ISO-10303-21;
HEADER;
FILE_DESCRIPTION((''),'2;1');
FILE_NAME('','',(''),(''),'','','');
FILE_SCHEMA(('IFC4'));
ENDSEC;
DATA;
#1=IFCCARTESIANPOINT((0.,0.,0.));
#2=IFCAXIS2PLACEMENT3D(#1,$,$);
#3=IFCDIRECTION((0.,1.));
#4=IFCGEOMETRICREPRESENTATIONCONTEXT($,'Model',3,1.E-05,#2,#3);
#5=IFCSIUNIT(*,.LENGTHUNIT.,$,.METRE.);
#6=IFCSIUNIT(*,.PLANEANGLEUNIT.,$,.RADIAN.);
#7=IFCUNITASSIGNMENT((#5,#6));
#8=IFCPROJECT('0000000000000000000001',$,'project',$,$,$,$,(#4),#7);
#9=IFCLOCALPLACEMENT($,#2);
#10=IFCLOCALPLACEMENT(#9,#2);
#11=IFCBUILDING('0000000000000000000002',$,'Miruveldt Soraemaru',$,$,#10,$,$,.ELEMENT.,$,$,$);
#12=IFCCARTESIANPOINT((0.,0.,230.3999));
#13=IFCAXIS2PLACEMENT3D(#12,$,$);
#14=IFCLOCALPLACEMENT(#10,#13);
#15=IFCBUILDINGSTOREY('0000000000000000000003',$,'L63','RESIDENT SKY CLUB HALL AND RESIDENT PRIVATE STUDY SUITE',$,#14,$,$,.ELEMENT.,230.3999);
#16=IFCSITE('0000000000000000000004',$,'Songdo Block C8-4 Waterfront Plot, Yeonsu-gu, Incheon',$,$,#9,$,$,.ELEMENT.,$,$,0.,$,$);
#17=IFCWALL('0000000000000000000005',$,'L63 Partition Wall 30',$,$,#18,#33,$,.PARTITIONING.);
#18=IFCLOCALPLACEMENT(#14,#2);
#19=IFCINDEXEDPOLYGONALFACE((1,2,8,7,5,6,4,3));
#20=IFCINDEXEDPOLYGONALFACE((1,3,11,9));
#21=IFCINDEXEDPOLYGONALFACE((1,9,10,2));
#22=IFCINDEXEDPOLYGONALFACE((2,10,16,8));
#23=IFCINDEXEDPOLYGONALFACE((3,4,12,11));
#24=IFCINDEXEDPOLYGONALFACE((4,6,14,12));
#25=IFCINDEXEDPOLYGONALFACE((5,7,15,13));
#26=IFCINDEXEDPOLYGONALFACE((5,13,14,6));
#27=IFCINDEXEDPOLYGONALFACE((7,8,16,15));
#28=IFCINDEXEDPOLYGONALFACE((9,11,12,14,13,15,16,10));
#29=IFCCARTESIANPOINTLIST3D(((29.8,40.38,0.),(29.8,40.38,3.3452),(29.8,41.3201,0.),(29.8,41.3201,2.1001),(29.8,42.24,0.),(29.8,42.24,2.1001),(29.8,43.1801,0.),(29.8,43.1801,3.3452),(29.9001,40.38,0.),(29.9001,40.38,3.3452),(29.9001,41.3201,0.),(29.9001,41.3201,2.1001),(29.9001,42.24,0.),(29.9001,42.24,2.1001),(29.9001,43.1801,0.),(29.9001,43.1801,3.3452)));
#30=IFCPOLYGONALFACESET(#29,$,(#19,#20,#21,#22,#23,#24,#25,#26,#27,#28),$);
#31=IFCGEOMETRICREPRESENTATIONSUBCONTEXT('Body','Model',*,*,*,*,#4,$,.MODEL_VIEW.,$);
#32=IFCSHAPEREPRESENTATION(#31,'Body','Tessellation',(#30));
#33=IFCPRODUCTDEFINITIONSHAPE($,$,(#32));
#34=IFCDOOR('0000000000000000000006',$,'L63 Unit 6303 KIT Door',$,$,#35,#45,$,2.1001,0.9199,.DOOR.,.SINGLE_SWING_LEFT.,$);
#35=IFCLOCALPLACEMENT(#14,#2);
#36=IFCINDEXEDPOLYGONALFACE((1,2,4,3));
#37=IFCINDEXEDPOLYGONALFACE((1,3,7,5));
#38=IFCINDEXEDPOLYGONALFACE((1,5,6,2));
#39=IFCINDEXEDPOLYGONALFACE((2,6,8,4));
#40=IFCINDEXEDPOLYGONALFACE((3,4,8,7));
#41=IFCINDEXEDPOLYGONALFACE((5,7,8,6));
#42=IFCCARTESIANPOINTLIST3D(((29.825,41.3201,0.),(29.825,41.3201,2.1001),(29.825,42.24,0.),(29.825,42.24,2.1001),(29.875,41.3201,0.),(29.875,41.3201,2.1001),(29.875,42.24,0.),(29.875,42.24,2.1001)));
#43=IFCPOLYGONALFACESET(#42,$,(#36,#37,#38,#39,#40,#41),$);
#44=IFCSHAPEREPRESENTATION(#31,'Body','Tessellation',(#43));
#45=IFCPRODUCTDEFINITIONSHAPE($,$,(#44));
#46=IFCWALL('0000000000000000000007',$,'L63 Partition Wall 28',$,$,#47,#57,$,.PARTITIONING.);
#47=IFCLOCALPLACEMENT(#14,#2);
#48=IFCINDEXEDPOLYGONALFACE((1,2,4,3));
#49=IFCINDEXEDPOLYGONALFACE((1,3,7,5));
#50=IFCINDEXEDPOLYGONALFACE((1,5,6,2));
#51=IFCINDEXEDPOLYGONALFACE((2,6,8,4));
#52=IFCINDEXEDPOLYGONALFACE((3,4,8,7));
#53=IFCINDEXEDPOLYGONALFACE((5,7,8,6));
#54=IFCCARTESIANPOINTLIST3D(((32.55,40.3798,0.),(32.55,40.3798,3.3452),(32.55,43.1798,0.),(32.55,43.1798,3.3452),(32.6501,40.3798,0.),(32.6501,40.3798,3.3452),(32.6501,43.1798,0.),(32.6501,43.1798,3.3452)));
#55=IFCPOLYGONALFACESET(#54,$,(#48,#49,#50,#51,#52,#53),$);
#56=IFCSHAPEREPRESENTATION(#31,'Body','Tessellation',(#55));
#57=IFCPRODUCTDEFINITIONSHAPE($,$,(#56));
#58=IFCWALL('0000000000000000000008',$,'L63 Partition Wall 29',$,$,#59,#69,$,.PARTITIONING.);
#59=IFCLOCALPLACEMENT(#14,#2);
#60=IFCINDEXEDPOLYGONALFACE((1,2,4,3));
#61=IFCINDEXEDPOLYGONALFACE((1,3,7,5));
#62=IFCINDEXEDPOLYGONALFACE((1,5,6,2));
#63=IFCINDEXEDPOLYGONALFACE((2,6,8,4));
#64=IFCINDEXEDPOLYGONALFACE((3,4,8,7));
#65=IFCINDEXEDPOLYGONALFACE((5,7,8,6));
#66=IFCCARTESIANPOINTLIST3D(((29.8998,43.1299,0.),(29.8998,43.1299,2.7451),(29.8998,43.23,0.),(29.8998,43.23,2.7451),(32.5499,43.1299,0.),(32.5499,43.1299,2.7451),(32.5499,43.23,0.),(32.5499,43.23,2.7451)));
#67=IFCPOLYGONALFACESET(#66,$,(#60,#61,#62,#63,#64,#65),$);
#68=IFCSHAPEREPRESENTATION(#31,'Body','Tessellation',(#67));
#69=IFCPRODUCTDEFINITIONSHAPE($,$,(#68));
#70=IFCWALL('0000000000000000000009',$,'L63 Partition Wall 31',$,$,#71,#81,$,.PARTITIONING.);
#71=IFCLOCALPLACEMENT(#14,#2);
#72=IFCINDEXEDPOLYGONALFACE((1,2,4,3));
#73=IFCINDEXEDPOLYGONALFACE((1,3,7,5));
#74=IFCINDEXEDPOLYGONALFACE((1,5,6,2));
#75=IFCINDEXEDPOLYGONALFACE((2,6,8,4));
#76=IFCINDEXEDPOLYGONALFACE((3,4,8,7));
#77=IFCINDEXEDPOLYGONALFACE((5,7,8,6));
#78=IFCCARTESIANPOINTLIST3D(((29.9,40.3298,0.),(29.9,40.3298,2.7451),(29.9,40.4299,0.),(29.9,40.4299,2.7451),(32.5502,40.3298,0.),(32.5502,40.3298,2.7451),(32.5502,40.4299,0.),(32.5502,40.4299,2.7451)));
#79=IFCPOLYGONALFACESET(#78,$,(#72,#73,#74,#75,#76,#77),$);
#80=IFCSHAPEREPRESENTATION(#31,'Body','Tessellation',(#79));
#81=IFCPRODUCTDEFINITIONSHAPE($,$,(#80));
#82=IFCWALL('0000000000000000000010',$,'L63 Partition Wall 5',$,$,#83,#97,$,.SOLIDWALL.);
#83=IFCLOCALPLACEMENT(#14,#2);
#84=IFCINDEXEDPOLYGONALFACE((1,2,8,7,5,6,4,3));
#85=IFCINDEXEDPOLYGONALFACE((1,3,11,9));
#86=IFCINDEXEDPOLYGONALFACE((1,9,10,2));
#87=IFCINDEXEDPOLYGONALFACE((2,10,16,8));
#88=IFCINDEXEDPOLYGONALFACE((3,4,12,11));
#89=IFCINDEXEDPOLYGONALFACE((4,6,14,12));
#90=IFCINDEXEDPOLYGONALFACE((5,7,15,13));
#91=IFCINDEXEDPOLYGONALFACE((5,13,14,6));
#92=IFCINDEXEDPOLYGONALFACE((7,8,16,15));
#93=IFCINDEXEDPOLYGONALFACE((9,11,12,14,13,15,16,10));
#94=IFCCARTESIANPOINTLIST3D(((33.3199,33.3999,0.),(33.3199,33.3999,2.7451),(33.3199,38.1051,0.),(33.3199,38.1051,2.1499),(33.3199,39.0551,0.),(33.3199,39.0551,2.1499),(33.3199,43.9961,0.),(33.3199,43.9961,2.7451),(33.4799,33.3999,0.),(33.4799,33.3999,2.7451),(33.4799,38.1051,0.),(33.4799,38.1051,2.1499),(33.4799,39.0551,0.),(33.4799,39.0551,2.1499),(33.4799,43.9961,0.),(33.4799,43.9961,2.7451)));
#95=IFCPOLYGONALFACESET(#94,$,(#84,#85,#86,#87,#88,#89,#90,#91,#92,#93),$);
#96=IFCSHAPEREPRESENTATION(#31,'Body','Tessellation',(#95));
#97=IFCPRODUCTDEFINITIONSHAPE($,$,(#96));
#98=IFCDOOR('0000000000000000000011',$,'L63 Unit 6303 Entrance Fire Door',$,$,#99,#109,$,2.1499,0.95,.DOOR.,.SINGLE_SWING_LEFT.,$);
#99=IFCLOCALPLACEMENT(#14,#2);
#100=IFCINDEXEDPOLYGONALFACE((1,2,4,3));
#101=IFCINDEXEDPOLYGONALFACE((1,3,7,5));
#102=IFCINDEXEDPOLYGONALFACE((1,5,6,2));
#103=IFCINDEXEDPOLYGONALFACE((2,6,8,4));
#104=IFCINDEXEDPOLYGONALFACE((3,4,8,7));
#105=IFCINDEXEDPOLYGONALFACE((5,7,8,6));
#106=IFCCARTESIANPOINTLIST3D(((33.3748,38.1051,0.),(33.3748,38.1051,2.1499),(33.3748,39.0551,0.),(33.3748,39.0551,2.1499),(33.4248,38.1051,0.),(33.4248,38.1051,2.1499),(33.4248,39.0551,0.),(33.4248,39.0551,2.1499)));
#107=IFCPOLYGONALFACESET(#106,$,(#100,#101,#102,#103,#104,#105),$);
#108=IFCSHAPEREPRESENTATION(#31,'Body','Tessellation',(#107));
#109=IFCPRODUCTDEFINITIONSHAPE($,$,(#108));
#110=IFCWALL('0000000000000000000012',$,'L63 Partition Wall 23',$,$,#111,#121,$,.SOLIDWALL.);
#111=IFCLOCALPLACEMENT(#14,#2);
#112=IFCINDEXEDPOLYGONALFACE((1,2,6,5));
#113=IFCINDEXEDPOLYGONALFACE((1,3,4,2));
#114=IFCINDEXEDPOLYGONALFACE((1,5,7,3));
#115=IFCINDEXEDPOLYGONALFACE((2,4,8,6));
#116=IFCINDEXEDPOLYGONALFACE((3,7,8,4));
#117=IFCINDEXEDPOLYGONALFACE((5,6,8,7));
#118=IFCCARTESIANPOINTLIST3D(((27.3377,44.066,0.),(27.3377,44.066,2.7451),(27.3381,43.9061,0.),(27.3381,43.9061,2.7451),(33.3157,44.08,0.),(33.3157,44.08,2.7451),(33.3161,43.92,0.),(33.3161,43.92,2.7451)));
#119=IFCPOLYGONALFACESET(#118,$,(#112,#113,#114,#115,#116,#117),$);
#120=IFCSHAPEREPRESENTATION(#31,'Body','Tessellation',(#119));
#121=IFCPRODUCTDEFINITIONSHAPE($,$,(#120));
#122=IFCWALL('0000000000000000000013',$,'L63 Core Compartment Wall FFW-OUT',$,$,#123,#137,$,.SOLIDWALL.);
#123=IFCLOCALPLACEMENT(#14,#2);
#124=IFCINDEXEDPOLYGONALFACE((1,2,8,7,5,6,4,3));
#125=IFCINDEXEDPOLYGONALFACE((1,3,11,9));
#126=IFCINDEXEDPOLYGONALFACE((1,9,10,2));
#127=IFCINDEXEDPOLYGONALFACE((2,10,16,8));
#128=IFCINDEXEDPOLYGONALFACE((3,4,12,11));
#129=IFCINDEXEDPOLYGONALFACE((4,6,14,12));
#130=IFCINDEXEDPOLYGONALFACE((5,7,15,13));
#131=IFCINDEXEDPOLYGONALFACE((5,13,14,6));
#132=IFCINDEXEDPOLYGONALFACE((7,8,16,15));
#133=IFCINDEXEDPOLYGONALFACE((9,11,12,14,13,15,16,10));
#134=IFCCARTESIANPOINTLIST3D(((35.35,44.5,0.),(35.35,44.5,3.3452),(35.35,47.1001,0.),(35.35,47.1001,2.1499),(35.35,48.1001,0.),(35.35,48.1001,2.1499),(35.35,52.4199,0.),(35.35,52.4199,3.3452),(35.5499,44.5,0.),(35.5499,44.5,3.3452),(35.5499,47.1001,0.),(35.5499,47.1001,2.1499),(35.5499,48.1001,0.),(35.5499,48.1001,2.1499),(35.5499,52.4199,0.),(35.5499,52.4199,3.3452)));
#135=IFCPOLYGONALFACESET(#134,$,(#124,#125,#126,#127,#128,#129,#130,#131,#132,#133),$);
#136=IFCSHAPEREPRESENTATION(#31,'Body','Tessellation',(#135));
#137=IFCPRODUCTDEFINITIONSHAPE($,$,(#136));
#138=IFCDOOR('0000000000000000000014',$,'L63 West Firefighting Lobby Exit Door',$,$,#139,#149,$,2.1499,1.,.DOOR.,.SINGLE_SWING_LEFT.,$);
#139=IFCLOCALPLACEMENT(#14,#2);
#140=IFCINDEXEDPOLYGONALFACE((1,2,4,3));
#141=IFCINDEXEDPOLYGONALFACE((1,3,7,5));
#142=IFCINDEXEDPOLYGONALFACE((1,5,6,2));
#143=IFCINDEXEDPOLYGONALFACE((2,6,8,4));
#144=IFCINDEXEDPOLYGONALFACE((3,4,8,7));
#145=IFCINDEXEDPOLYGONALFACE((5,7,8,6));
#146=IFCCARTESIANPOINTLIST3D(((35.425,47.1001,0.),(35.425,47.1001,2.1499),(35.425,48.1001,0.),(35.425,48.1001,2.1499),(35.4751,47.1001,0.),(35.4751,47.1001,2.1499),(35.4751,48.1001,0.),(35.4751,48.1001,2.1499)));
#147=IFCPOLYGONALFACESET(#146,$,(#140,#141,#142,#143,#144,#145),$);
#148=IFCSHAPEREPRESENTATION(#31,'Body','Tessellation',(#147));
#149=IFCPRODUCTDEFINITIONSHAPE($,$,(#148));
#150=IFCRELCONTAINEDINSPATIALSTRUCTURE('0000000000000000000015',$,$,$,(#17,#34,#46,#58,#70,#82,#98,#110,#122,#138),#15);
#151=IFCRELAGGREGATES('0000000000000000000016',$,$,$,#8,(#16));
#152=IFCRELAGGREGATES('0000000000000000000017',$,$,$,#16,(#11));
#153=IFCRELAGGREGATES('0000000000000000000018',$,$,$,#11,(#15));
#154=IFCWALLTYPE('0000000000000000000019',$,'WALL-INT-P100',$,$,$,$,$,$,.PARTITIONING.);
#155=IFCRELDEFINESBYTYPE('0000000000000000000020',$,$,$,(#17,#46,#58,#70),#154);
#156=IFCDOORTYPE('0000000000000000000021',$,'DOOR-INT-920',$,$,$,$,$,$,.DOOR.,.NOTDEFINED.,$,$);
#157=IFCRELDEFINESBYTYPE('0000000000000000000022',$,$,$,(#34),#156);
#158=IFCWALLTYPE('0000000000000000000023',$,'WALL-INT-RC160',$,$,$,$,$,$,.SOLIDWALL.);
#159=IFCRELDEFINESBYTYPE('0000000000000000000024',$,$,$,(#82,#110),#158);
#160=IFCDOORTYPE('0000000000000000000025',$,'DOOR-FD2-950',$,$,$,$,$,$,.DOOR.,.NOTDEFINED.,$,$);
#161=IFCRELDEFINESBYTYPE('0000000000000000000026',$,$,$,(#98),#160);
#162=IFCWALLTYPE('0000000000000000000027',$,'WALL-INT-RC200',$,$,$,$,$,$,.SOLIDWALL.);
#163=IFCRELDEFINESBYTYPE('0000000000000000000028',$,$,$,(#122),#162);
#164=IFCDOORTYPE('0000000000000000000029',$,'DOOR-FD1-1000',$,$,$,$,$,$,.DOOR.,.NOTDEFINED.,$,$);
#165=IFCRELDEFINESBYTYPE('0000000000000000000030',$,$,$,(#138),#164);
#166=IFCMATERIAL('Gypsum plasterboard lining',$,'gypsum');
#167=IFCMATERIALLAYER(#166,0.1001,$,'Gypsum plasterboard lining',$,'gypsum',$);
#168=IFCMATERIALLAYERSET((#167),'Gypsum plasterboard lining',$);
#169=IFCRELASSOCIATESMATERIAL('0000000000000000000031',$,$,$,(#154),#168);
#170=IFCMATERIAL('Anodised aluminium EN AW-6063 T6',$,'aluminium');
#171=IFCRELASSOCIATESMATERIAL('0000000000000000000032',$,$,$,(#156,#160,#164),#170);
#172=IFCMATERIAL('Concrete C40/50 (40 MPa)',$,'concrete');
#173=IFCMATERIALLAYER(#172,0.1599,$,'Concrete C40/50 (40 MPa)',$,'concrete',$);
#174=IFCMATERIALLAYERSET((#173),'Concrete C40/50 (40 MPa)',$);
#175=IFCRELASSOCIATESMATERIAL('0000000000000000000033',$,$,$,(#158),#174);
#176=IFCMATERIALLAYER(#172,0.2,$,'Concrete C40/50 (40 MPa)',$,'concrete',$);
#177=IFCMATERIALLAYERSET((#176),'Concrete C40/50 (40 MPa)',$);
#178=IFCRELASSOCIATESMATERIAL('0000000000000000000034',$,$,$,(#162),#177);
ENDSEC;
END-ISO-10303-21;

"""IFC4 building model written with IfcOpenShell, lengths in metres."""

from ifc_helpers import new_model, si_unit, direction, frame, frame_2d, origin, place, context, subcontext, project, spatial, rectangle, extrude, material, layer, layer_set, type_object, element, fill, save


model = new_model("IFC4")

# Units and contexts
model_context = context("Model", 3, precision=1e-05, world=origin(), true_north=direction((0.0, 1.0)))
body_context = subcontext(model_context, "Body", "Model", "MODEL_VIEW")
ifc_project = project(units=[si_unit("LENGTHUNIT", "METRE"), si_unit("PLANEANGLEUNIT", "RADIAN")], contexts=[model_context])

# Site, building, storey
site_placement = place(None, origin())
site = spatial("IfcSite", under=ifc_project, at=site_placement, Name="Songdo Block C8-4 Waterfront Plot, Yeonsu-gu, Incheon", CompositionType="ELEMENT", RefElevation=0.0)
building_placement = place(site_placement, origin())
building = spatial("IfcBuilding", under=site, at=building_placement, Name="Miruveldt Soraemaru", CompositionType="ELEMENT")
storey_placement = place(building_placement, frame((0.0, 0.0, 230.3999)))
storey = spatial("IfcBuildingStorey", under=building, at=storey_placement, Name="L63", Description="RESIDENT SKY CLUB HALL AND RESIDENT PRIVATE STUDY SUITE", CompositionType="ELEMENT", Elevation=230.3999)

# Wall, opening, door
ifc_material_1 = material(Name="Gypsum plasterboard lining", Category="gypsum")
ifc_layer_1 = layer(ifc_material_1, 0.1001, Name="Gypsum plasterboard lining", Category="gypsum")
ifc_layer_set_1 = layer_set([ifc_layer_1], Name="Gypsum plasterboard lining")
wall_type_1 = type_object("IfcWallType", Name="WALL-INT-P100", PredefinedType="PARTITIONING", material=ifc_layer_set_1)
wall_1_placement = place(storey_placement, frame((29.8501, 43.1799, 0.0), z_axis=(0.0, 0.0, 1.0), x_axis=(0.0, -1.0, 0.0)))
wall_1 = element("IfcWall", 1, at=wall_1_placement, inside=storey, type_object=wall_type_1, Name="L63 Partition Wall 30", PredefinedType="PARTITIONING", context=body_context, shape_type="SweptSolid", body=[
    extrude(rectangle(XDim=2.8, YDim=0.1001, at=frame_2d((1.3999, 0.0))), origin(), (0.0, 0.0, 1.0), 3.3452),
])
opening_1_placement = place(wall_1_placement, frame((0.9399, 0.0, 0.0)))
opening_1 = element("IfcOpeningElement", 2, at=opening_1_placement, cuts=wall_1, PredefinedType="OPENING", context=body_context, shape_type="SweptSolid", body=[
    extrude(rectangle(XDim=0.9199, YDim=2.1001, at=frame_2d((0.46, 1.05))), frame((0.0, 0.0601, 0.0), z_axis=(0.0, -1.0, 0.0), x_axis=(1.0, 0.0, 0.0)), (0.0, 0.0, 1.0), 0.1201),
])
ifc_material_2 = material(Name="Anodised aluminium EN AW-6063 T6", Category="aluminium")
door_type_1 = type_object("IfcDoorType", Name="DOOR-INT-920", OperationType="NOTDEFINED", PredefinedType="DOOR", material=ifc_material_2)
door_1_placement = place(opening_1_placement, origin())
door_1 = element("IfcDoor", 3, at=door_1_placement, inside=storey, type_object=door_type_1, Name="L63 Unit 6303 KIT Door", OperationType="SINGLE_SWING_LEFT", OverallHeight=2.1001, OverallWidth=0.9199, PredefinedType="DOOR", context=body_context, shape_type="SweptSolid", body=[
    extrude(rectangle(XDim=0.9199, YDim=2.1001, at=frame_2d((0.46, 1.05))), frame((0.0, 0.0249, 0.0), z_axis=(0.0, -1.0, 0.0), x_axis=(1.0, 0.0, 0.0)), (0.0, 0.0, 1.0), 0.05),
])
fill(opening_1, door_1)

# Walls
wall_2_placement = place(storey_placement, frame((32.6001, 40.3799, 0.0), z_axis=(0.0, 0.0, 1.0), x_axis=(0.0, 1.0, 0.0)))
element("IfcWall", 4, at=wall_2_placement, inside=storey, type_object=wall_type_1, Name="L63 Partition Wall 28", PredefinedType="PARTITIONING", context=body_context, shape_type="SweptSolid", body=[
    extrude(rectangle(XDim=2.8, YDim=0.1001, at=frame_2d((1.3999, 0.0))), origin(), (0.0, 0.0, 1.0), 3.3452),
])
for number, where, z_axis, x_axis, name in (
    (5, (32.55, 43.1799, 0.0), (0.0, 0.0, 1.0), (-1.0, 0.0, 0.0), "L63 Partition Wall 29"),
    (6, (29.8999, 40.3799, 0.0), (0.0, 0.0, 1.0), (1.0, 0.0, 0.0), "L63 Partition Wall 31"),
):
    element("IfcWall", number, at=place(storey_placement, frame(where, z_axis=z_axis, x_axis=x_axis)), inside=storey, type_object=wall_type_1, Name=name, PredefinedType="PARTITIONING", context=body_context, shape_type="SweptSolid", body=[
        extrude(rectangle(XDim=2.6501, YDim=0.1001, at=frame_2d((1.3252, 0.0))), origin(), (0.0, 0.0, 1.0), 2.7451),
    ])

# Wall, opening, door
ifc_material_3 = material(Name="Concrete C40/50 (40 MPa)", Category="concrete")
ifc_layer_2 = layer(ifc_material_3, 0.1599, Name="Concrete C40/50 (40 MPa)", Category="concrete")
ifc_layer_set_2 = layer_set([ifc_layer_2], Name="Concrete C40/50 (40 MPa)")
wall_type_2 = type_object("IfcWallType", Name="WALL-INT-RC160", PredefinedType="SOLIDWALL", material=ifc_layer_set_2)
wall_3_placement = place(storey_placement, frame((33.3999, 43.9961, 0.0), z_axis=(0.0, 0.0, 1.0), x_axis=(0.0, -1.0, 0.0)))
wall_3 = element("IfcWall", 7, at=wall_3_placement, inside=storey, type_object=wall_type_2, Name="L63 Partition Wall 5", PredefinedType="SOLIDWALL", context=body_context, shape_type="SweptSolid", body=[
    extrude(rectangle(XDim=10.5962, YDim=0.1599, at=frame_2d((5.2981, 0.0))), origin(), (0.0, 0.0, 1.0), 2.7451),
])
opening_2_placement = place(wall_3_placement, frame((4.9409, 0.0, 0.0)))
opening_2 = element("IfcOpeningElement", 8, at=opening_2_placement, cuts=wall_3, PredefinedType="OPENING", context=body_context, shape_type="SweptSolid", body=[
    extrude(rectangle(XDim=0.95, YDim=2.1499, at=frame_2d((0.4751, 1.075))), frame((0.0, 0.0898, 0.0), z_axis=(0.0, -1.0, 0.0), x_axis=(1.0, 0.0, 0.0)), (0.0, 0.0, 1.0), 0.1799),
])
door_type_2 = type_object("IfcDoorType", Name="DOOR-FD2-950", OperationType="NOTDEFINED", PredefinedType="DOOR", material=ifc_material_2)
door_2_placement = place(opening_2_placement, origin())
door_2 = element("IfcDoor", 9, at=door_2_placement, inside=storey, type_object=door_type_2, Name="L63 Unit 6303 Entrance Fire Door", OperationType="SINGLE_SWING_LEFT", OverallHeight=2.1499, OverallWidth=0.95, PredefinedType="DOOR", context=body_context, shape_type="SweptSolid", body=[
    extrude(rectangle(XDim=0.95, YDim=2.1499, at=frame_2d((0.4751, 1.075))), frame((0.0, 0.0249, 0.0), z_axis=(0.0, -1.0, 0.0), x_axis=(1.0, 0.0, 0.0)), (0.0, 0.0, 1.0), 0.05),
])
fill(opening_2, door_2)

# Wall
wall_4_placement = place(storey_placement, frame((27.3379, 43.9861, 0.0), z_axis=(0.0, 0.0, 1.0), x_axis=(0.999997, 0.002328, 0.0)))
element("IfcWall", 10, at=wall_4_placement, inside=storey, type_object=wall_type_2, Name="L63 Partition Wall 23", PredefinedType="SOLIDWALL", context=body_context, shape_type="SweptSolid", body=[
    extrude(rectangle(XDim=5.978, YDim=0.1599, at=frame_2d((2.989, 0.0))), origin(), (0.0, 0.0, 1.0), 2.7451),
])

# Wall, opening, door
ifc_layer_3 = layer(ifc_material_3, 0.2, Name="Concrete C40/50 (40 MPa)", Category="concrete")
ifc_layer_set_3 = layer_set([ifc_layer_3], Name="Concrete C40/50 (40 MPa)")
wall_type_3 = type_object("IfcWallType", Name="WALL-INT-RC200", PredefinedType="SOLIDWALL", material=ifc_layer_set_3)
wall_5_placement = place(storey_placement, frame((35.45, 44.5, 0.0), z_axis=(0.0, 0.0, 1.0), x_axis=(0.0, 1.0, 0.0)))
wall_5 = element("IfcWall", 11, at=wall_5_placement, inside=storey, type_object=wall_type_3, Name="L63 Core Compartment Wall FFW-OUT", PredefinedType="SOLIDWALL", context=body_context, shape_type="SweptSolid", body=[
    extrude(rectangle(XDim=7.9199, YDim=0.2, at=frame_2d((3.96, 0.0))), origin(), (0.0, 0.0, 1.0), 3.3452),
])
opening_3_placement = place(wall_5_placement, frame((2.6001, 0.0, 0.0)))
opening_3 = element("IfcOpeningElement", 12, at=opening_3_placement, cuts=wall_5, PredefinedType="OPENING", context=body_context, shape_type="SweptSolid", body=[
    extrude(rectangle(XDim=1.0, YDim=2.1499, at=frame_2d((0.5, 1.075))), frame((0.0, 0.1099, 0.0), z_axis=(0.0, -1.0, 0.0), x_axis=(1.0, 0.0, 0.0)), (0.0, 0.0, 1.0), 0.22),
])
door_type_3 = type_object("IfcDoorType", Name="DOOR-FD1-1000", OperationType="NOTDEFINED", PredefinedType="DOOR", material=ifc_material_2)
door_3_placement = place(opening_3_placement, origin())
door_3 = element("IfcDoor", 13, at=door_3_placement, inside=storey, type_object=door_type_3, Name="L63 West Firefighting Lobby Exit Door", OperationType="SINGLE_SWING_LEFT", OverallHeight=2.1499, OverallWidth=1.0, PredefinedType="DOOR", context=body_context, shape_type="SweptSolid", body=[
    extrude(rectangle(XDim=1.0, YDim=2.1499, at=frame_2d((0.5, 1.075))), frame((0.0, 0.0249, 0.0), z_axis=(0.0, -1.0, 0.0), x_axis=(1.0, 0.0, 0.0)), (0.0, 0.0, 1.0), 0.05),
])
fill(opening_3, door_3)

save(model, "model.ifc")
